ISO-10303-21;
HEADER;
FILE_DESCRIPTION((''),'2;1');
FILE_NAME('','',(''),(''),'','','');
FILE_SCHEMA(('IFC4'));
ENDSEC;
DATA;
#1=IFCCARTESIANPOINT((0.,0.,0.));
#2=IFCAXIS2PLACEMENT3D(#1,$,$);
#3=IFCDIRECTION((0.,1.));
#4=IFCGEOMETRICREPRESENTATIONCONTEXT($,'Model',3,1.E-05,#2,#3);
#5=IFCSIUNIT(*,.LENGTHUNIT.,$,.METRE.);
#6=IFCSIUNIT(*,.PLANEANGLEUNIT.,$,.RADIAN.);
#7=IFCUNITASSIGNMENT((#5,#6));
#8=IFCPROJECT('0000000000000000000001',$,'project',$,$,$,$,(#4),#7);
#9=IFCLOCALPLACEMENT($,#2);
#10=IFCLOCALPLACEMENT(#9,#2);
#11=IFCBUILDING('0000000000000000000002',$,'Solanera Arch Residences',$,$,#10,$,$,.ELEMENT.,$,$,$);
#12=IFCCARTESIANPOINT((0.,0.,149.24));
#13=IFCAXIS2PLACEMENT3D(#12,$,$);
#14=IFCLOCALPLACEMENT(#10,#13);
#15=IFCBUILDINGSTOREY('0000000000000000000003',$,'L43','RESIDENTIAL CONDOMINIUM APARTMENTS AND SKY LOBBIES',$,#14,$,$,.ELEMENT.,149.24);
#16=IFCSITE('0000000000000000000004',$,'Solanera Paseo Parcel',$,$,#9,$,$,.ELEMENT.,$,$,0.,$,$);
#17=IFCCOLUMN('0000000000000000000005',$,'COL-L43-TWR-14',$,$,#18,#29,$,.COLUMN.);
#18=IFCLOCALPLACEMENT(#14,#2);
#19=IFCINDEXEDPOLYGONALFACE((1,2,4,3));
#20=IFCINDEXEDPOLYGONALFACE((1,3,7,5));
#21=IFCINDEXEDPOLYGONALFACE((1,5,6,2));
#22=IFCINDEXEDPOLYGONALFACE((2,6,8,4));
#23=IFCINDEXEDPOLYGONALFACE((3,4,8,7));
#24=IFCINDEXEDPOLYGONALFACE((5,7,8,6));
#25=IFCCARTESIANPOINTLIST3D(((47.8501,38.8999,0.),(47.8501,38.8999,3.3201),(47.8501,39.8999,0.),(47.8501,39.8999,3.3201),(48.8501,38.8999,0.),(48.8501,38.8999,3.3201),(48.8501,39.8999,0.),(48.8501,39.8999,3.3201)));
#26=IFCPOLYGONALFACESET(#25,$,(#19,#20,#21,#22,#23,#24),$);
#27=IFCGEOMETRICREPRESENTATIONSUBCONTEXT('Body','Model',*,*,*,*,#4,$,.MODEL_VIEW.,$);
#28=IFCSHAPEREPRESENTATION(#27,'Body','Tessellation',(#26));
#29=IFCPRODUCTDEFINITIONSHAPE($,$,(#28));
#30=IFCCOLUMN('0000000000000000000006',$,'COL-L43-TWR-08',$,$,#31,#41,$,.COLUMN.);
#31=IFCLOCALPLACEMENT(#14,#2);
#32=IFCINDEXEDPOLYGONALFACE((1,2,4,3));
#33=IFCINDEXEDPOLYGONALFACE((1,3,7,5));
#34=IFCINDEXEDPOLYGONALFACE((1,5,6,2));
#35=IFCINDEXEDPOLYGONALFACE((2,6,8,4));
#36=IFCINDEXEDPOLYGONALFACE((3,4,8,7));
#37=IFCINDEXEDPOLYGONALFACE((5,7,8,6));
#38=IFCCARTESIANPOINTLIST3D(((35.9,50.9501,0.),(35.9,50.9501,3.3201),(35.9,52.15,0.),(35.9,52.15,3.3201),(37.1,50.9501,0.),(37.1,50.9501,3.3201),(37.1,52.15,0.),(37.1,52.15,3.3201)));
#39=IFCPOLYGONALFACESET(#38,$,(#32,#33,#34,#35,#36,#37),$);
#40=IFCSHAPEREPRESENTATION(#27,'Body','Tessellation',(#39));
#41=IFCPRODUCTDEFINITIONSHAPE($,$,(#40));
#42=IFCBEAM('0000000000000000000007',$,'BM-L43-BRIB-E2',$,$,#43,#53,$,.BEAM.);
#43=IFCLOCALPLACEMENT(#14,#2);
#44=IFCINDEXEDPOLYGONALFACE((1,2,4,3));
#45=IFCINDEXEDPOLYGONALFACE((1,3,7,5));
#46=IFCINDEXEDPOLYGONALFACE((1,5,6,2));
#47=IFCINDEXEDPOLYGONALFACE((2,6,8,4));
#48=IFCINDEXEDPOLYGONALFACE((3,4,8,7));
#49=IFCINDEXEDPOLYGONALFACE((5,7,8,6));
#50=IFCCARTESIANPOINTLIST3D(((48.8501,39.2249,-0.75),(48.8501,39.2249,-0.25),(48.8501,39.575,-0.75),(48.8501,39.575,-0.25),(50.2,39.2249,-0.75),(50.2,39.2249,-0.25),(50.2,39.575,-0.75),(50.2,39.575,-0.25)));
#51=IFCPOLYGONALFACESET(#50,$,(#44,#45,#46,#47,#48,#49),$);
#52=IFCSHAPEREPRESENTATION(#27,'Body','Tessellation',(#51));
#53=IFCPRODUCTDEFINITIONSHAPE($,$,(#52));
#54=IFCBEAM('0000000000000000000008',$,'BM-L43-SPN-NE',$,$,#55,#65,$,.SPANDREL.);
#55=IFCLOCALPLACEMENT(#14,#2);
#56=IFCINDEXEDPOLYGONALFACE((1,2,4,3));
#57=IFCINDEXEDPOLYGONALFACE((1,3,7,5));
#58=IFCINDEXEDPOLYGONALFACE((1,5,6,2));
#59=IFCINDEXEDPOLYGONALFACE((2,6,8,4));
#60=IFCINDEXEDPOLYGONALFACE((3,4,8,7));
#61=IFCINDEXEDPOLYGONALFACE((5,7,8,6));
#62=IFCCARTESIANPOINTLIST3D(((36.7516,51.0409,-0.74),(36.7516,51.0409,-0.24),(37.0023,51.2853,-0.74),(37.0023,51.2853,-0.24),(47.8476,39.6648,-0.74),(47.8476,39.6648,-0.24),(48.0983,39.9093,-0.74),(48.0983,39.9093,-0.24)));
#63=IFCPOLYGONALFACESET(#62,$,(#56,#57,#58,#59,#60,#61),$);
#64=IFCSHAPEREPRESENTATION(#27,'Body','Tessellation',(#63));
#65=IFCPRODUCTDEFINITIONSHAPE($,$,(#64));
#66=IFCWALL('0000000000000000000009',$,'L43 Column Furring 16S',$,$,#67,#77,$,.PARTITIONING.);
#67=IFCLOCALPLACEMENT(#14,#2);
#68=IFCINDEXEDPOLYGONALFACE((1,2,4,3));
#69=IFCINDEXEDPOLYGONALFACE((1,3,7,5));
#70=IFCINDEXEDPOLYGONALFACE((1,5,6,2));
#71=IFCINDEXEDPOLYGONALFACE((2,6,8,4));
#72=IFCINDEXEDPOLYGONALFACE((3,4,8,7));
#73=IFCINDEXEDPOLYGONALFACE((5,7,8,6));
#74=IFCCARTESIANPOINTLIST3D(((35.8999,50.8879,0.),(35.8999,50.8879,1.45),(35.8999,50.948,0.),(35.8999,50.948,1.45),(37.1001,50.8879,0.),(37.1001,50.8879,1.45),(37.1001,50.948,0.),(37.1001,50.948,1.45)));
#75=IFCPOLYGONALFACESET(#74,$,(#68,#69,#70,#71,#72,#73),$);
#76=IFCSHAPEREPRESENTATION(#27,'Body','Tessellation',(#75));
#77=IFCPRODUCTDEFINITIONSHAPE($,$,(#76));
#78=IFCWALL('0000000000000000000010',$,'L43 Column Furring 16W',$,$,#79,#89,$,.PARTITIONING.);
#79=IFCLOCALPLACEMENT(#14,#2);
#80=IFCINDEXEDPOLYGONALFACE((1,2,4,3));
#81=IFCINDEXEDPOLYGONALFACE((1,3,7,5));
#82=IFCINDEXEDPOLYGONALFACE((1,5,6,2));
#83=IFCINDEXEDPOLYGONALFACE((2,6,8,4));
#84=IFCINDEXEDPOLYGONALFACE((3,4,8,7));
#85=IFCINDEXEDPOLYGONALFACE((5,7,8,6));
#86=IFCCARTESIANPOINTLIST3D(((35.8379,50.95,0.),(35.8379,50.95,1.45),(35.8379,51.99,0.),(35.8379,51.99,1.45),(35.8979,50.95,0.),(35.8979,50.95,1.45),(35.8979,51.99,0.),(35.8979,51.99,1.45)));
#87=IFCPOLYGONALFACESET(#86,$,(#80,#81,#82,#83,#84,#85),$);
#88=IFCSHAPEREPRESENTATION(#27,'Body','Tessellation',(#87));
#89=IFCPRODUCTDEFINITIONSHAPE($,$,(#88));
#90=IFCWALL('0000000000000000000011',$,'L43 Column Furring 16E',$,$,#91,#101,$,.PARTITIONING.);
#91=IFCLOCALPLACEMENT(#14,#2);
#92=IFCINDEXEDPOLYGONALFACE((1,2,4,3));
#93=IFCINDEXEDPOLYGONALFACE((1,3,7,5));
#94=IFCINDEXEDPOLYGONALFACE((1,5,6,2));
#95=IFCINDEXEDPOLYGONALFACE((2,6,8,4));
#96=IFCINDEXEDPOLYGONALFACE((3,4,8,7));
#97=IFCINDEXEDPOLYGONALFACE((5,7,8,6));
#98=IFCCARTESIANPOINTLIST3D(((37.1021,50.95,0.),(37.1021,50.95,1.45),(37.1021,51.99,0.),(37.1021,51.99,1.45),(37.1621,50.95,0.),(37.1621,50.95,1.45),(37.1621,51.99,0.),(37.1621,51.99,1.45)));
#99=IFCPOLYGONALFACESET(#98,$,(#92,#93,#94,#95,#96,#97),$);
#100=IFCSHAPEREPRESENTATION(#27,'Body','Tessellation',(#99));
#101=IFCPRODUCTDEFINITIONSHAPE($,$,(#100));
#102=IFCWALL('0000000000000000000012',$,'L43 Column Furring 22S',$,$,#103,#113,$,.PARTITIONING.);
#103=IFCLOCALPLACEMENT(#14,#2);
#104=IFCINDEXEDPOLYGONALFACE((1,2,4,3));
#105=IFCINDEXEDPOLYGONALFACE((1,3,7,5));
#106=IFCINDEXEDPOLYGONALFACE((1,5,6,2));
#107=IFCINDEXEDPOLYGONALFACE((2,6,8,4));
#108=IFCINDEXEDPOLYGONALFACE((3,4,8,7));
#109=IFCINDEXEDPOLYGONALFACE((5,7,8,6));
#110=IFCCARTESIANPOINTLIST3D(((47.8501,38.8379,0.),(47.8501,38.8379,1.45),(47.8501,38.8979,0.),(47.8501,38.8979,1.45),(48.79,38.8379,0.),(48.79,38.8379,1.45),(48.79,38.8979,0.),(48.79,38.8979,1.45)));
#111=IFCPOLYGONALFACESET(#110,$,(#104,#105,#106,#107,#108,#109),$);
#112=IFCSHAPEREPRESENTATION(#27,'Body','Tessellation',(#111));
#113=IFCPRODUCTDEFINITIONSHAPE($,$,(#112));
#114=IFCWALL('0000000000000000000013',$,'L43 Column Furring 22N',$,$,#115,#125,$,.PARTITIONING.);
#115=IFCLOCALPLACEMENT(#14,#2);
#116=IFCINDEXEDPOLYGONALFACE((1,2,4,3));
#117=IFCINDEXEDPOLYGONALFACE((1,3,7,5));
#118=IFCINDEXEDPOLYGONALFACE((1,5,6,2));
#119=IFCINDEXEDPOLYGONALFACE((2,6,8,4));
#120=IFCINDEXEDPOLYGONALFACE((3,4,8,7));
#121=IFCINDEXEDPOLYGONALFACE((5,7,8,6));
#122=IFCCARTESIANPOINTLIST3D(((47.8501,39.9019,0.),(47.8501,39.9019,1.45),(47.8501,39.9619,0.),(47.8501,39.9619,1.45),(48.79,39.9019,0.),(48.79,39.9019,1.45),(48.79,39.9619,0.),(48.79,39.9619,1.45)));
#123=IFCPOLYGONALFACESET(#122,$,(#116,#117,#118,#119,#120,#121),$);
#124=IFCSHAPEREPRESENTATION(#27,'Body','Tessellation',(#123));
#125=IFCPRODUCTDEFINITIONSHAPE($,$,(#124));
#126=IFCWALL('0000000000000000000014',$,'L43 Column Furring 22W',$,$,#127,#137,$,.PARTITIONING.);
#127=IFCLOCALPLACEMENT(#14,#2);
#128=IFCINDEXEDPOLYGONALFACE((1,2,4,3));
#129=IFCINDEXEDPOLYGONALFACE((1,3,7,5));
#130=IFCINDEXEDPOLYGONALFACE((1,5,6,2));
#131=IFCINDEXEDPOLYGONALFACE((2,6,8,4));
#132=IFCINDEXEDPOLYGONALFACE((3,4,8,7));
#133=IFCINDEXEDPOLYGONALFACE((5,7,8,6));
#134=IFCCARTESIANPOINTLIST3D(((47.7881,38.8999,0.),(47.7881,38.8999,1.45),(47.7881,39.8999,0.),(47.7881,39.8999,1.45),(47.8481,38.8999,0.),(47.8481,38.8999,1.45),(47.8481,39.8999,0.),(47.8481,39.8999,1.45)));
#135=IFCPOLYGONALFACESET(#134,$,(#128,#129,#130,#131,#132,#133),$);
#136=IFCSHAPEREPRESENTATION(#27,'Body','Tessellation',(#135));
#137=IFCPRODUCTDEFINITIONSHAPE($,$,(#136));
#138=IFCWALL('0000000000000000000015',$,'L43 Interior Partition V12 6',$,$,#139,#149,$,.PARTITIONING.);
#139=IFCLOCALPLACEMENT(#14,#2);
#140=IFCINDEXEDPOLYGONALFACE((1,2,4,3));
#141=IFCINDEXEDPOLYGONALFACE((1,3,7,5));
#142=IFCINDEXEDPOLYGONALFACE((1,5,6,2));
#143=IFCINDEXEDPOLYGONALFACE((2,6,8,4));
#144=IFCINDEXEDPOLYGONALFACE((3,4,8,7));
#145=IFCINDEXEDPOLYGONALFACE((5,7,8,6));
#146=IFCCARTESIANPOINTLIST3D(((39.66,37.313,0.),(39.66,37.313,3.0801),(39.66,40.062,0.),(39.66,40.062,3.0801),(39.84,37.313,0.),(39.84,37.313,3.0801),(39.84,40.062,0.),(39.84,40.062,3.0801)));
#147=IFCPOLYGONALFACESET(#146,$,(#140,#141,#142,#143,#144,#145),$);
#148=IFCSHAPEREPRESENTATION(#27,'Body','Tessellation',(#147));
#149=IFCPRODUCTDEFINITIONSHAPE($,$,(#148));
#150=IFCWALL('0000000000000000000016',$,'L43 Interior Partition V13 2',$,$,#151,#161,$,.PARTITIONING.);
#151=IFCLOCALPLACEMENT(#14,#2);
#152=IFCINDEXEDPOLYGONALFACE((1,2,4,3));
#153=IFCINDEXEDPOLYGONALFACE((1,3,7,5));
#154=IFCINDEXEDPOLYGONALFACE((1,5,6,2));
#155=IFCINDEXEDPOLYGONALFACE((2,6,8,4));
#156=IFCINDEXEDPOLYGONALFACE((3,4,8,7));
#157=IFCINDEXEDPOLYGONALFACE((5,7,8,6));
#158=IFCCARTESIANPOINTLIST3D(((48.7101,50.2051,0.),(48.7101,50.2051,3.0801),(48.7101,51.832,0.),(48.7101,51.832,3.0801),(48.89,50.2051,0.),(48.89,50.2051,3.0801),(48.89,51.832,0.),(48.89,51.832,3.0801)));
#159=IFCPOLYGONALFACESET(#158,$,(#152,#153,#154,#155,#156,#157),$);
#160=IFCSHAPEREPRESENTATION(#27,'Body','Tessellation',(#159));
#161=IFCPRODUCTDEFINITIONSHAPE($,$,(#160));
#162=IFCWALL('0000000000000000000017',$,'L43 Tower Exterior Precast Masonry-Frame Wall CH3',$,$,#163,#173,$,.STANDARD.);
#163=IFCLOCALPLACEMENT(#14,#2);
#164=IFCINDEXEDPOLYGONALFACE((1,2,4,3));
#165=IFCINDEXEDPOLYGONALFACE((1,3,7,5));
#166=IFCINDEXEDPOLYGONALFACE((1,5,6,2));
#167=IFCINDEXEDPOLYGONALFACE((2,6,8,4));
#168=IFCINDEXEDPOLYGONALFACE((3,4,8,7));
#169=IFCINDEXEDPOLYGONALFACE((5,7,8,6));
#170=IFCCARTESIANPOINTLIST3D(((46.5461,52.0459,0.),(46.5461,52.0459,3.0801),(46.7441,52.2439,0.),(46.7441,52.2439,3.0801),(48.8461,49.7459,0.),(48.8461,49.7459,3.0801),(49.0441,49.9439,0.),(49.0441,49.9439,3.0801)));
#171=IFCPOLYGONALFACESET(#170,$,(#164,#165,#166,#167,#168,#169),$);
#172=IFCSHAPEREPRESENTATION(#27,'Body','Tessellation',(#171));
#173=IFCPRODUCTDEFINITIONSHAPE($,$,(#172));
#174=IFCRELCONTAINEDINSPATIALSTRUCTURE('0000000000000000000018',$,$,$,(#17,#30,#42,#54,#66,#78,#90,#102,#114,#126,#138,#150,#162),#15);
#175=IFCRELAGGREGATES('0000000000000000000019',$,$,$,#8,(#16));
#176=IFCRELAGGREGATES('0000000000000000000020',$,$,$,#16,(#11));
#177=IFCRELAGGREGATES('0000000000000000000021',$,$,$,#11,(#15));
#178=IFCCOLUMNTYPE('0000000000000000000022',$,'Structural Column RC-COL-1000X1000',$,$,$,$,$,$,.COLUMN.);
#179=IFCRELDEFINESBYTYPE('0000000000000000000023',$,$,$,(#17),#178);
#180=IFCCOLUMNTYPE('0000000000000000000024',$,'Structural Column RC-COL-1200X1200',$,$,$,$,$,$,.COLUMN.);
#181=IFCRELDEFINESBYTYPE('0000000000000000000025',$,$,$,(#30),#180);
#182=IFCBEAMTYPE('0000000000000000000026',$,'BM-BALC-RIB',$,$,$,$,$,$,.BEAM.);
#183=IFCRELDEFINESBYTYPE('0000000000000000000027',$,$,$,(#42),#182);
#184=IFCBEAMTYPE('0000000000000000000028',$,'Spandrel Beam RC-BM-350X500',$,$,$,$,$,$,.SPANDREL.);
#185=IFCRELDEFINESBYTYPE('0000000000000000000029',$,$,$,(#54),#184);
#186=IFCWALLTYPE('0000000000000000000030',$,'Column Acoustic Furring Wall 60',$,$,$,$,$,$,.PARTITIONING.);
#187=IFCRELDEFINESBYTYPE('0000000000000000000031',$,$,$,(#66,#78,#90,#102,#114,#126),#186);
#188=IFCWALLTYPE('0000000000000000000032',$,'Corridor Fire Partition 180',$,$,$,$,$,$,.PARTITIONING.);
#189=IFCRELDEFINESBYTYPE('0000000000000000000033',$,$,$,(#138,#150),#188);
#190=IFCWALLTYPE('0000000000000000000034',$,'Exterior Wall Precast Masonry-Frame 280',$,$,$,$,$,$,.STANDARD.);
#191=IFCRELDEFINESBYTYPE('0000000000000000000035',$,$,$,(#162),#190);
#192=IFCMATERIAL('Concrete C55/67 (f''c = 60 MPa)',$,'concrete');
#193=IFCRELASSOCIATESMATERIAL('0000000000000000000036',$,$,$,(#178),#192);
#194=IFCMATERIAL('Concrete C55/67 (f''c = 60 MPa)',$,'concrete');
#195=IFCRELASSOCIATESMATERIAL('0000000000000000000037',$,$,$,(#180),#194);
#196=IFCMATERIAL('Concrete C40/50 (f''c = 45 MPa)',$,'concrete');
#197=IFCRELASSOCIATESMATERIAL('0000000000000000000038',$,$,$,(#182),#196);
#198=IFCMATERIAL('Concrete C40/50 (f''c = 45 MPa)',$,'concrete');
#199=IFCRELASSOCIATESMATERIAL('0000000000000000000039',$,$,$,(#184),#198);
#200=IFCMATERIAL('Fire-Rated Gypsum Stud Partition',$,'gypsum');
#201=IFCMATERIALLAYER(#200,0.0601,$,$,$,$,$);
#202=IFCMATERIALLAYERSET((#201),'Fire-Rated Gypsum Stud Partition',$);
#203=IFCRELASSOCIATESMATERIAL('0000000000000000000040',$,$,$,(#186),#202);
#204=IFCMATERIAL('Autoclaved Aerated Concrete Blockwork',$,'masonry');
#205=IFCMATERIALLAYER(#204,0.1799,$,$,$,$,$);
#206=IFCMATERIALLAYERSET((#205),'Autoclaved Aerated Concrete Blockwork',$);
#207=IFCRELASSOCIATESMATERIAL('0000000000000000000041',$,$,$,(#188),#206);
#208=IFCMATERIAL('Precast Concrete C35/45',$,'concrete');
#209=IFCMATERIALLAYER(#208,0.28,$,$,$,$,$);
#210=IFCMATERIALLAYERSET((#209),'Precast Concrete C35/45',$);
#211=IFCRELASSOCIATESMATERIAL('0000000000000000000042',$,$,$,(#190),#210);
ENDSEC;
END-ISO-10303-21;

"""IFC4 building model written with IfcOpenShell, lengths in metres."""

from ifc_helpers import new_model, si_unit, direction, frame, frame_2d, origin, origin_2d, place, context, subcontext, project, spatial, rectangle, extrude, material, layer, layer_set, material_profile, profile_set, type_object, element, save


model = new_model("IFC4")

# Units and contexts
model_context = context("Model", 3, precision=1e-05, world=origin(), true_north=direction((0.0, 1.0)))
body_context = subcontext(model_context, "Body", "Model", "MODEL_VIEW")
ifc_project = project(units=[si_unit("LENGTHUNIT", "METRE"), si_unit("PLANEANGLEUNIT", "RADIAN")], contexts=[model_context])

# Site, building, storey
site_placement = place(None, origin())
site = spatial("IfcSite", under=ifc_project, at=site_placement, Name="Solanera Paseo Parcel", CompositionType="ELEMENT", RefElevation=0.0)
building_placement = place(site_placement, origin())
building = spatial("IfcBuilding", under=site, at=building_placement, Name="Solanera Arch Residences", CompositionType="ELEMENT")
storey_placement = place(building_placement, frame((0.0, 0.0, 149.24)))
storey = spatial("IfcBuildingStorey", under=building, at=storey_placement, Name="L43", Description="RESIDENTIAL CONDOMINIUM APARTMENTS AND SKY LOBBIES", CompositionType="ELEMENT", Elevation=149.24)

# Columns
ifc_material_1 = material(Name="Concrete C55/67 (f'c = 60 MPa)", Category="concrete")
ifc_material_profile_1 = material_profile(ifc_material_1, rectangle(XDim=1.0, YDim=1.0, at=origin_2d()))
ifc_profile_set_1 = profile_set([ifc_material_profile_1], Name="Concrete C55/67 (f'c = 60 MPa)")
column_type_1 = type_object("IfcColumnType", Name="Structural Column RC-COL-1000X1000", PredefinedType="COLUMN", material=ifc_profile_set_1)
column_1_placement = place(storey_placement, frame((48.3501, 39.3999, 0.0), z_axis=(0.0, 0.0, 1.0), x_axis=(1.0, 0.0, 0.0)))
element("IfcColumn", 1, at=column_1_placement, inside=storey, type_object=column_type_1, Name="COL-L43-TWR-14", PredefinedType="COLUMN", context=body_context, shape_type="SweptSolid", body=[
    extrude(rectangle(XDim=1.0, YDim=1.0, at=origin_2d()), origin(), (0.0, 0.0, 1.0), 3.3201),
])
ifc_material_2 = material(Name="Concrete C55/67 (f'c = 60 MPa)", Category="concrete")
ifc_material_profile_2 = material_profile(ifc_material_2, rectangle(XDim=1.2, YDim=1.2, at=origin_2d()))
ifc_profile_set_2 = profile_set([ifc_material_profile_2], Name="Concrete C55/67 (f'c = 60 MPa)")
column_type_2 = type_object("IfcColumnType", Name="Structural Column RC-COL-1200X1200", PredefinedType="COLUMN", material=ifc_profile_set_2)
column_2_placement = place(storey_placement, frame((36.5, 51.55, 0.0), z_axis=(0.0, 0.0, 1.0), x_axis=(1.0, 0.0, 0.0)))
element("IfcColumn", 2, at=column_2_placement, inside=storey, type_object=column_type_2, Name="COL-L43-TWR-08", PredefinedType="COLUMN", context=body_context, shape_type="SweptSolid", body=[
    extrude(rectangle(XDim=1.2, YDim=1.2, at=origin_2d()), origin(), (0.0, 0.0, 1.0), 3.3201),
])

# Beams
ifc_material_3 = material(Name="Concrete C40/50 (f'c = 45 MPa)", Category="concrete")
ifc_material_profile_3 = material_profile(ifc_material_3, rectangle(XDim=0.3501, YDim=0.5, at=origin_2d()))
ifc_profile_set_3 = profile_set([ifc_material_profile_3], Name="Concrete C40/50 (f'c = 45 MPa)")
beam_type_1 = type_object("IfcBeamType", Name="BM-BALC-RIB", PredefinedType="BEAM", material=ifc_profile_set_3)
beam_1_placement = place(storey_placement, frame((48.8501, 39.3999, -0.5), z_axis=(1.0, 0.0, 0.0), x_axis=(0.0, 1.0, 0.0)))
element("IfcBeam", 3, at=beam_1_placement, inside=storey, type_object=beam_type_1, Name="BM-L43-BRIB-E2", PredefinedType="BEAM", context=body_context, shape_type="SweptSolid", body=[
    extrude(rectangle(XDim=0.3501, YDim=0.5, at=origin_2d()), origin(), (0.0, 0.0, 1.0), 1.3499),
])
ifc_material_4 = material(Name="Concrete C40/50 (f'c = 45 MPa)", Category="concrete")
ifc_material_profile_4 = material_profile(ifc_material_4, rectangle(XDim=0.3501, YDim=0.5, at=origin_2d()))
ifc_profile_set_4 = profile_set([ifc_material_profile_4], Name="Concrete C40/50 (f'c = 45 MPa)")
beam_type_2 = type_object("IfcBeamType", Name="Spandrel Beam RC-BM-350X500", PredefinedType="SPANDREL", material=ifc_profile_set_4)
beam_2_placement = place(storey_placement, frame((36.877, 51.1631, -0.49), z_axis=(0.698241, -0.715863, 0.0), x_axis=(0.715863, 0.698241, 0.0)))
element("IfcBeam", 4, at=beam_2_placement, inside=storey, type_object=beam_type_2, Name="BM-L43-SPN-NE", PredefinedType="SPANDREL", context=body_context, shape_type="SweptSolid", body=[
    extrude(rectangle(XDim=0.3501, YDim=0.5, at=origin_2d()), origin(), (0.0, 0.0, 1.0), 15.8914),
])

# Walls
ifc_material_5 = material(Name="Fire-Rated Gypsum Stud Partition", Category="gypsum")
ifc_layer_1 = layer(ifc_material_5, 0.0601)
ifc_layer_set_1 = layer_set([ifc_layer_1], Name="Fire-Rated Gypsum Stud Partition")
wall_type_1 = type_object("IfcWallType", Name="Column Acoustic Furring Wall 60", PredefinedType="PARTITIONING", material=ifc_layer_set_1)
wall_1_placement = place(storey_placement, frame((35.8999, 50.918, 0.0), z_axis=(0.0, 0.0, 1.0), x_axis=(1.0, 0.0, 0.0)))
element("IfcWall", 5, at=wall_1_placement, inside=storey, type_object=wall_type_1, Name="L43 Column Furring 16S", PredefinedType="PARTITIONING", context=body_context, shape_type="SweptSolid", body=[
    extrude(rectangle(XDim=1.2002, YDim=0.0601, at=frame_2d((0.6001, 0.0))), origin(), (0.0, 0.0, 1.0), 1.45),
])
for number, where, z_axis, x_axis, name in (
    (6, (35.8679, 50.95, 0.0), (0.0, 0.0, 1.0), (0.0, 1.0, 0.0), "L43 Column Furring 16W"),
    (7, (37.1321, 50.95, 0.0), (0.0, 0.0, 1.0), (0.0, 1.0, 0.0), "L43 Column Furring 16E"),
):
    element("IfcWall", number, at=place(storey_placement, frame(where, z_axis=z_axis, x_axis=x_axis)), inside=storey, type_object=wall_type_1, Name=name, PredefinedType="PARTITIONING", context=body_context, shape_type="SweptSolid", body=[
        extrude(rectangle(XDim=1.04, YDim=0.0601, at=frame_2d((0.52, 0.0))), origin(), (0.0, 0.0, 1.0), 1.45),
    ])
for number, where, z_axis, x_axis, name in (
    (8, (47.8501, 38.8679, 0.0), (0.0, 0.0, 1.0), (1.0, 0.0, 0.0), "L43 Column Furring 22S"),
    (9, (47.8501, 39.9319, 0.0), (0.0, 0.0, 1.0), (1.0, 0.0, 0.0), "L43 Column Furring 22N"),
):
    element("IfcWall", number, at=place(storey_placement, frame(where, z_axis=z_axis, x_axis=x_axis)), inside=storey, type_object=wall_type_1, Name=name, PredefinedType="PARTITIONING", context=body_context, shape_type="SweptSolid", body=[
        extrude(rectangle(XDim=0.9399, YDim=0.0601, at=frame_2d((0.47, 0.0))), origin(), (0.0, 0.0, 1.0), 1.45),
    ])
wall_2_placement = place(storey_placement, frame((47.8181, 38.8999, 0.0), z_axis=(0.0, 0.0, 1.0), x_axis=(0.0, 1.0, 0.0)))
element("IfcWall", 10, at=wall_2_placement, inside=storey, type_object=wall_type_1, Name="L43 Column Furring 22W", PredefinedType="PARTITIONING", context=body_context, shape_type="SweptSolid", body=[
    extrude(rectangle(XDim=1.0, YDim=0.0601, at=frame_2d((0.5, 0.0))), origin(), (0.0, 0.0, 1.0), 1.45),
])
ifc_material_6 = material(Name="Autoclaved Aerated Concrete Blockwork", Category="masonry")
ifc_layer_2 = layer(ifc_material_6, 0.1799)
ifc_layer_set_2 = layer_set([ifc_layer_2], Name="Autoclaved Aerated Concrete Blockwork")
wall_type_2 = type_object("IfcWallType", Name="Corridor Fire Partition 180", PredefinedType="PARTITIONING", material=ifc_layer_set_2)
wall_3_placement = place(storey_placement, frame((39.75, 37.313, 0.0), z_axis=(0.0, 0.0, 1.0), x_axis=(0.0, 1.0, 0.0)))
element("IfcWall", 11, at=wall_3_placement, inside=storey, type_object=wall_type_2, Name="L43 Interior Partition V12 6", PredefinedType="PARTITIONING", context=body_context, shape_type="SweptSolid", body=[
    extrude(rectangle(XDim=2.749, YDim=0.1799, at=frame_2d((1.3745, 0.0))), origin(), (0.0, 0.0, 1.0), 3.0801),
])
wall_4_placement = place(storey_placement, frame((48.8, 50.2051, 0.0), z_axis=(0.0, 0.0, 1.0), x_axis=(0.0, 1.0, 0.0)))
element("IfcWall", 12, at=wall_4_placement, inside=storey, type_object=wall_type_2, Name="L43 Interior Partition V13 2", PredefinedType="PARTITIONING", context=body_context, shape_type="SweptSolid", body=[
    extrude(rectangle(XDim=1.627, YDim=0.1799, at=frame_2d((0.8135, 0.0))), origin(), (0.0, 0.0, 1.0), 3.0801),
])
ifc_material_7 = material(Name="Precast Concrete C35/45", Category="concrete")
ifc_layer_3 = layer(ifc_material_7, 0.28)
ifc_layer_set_3 = layer_set([ifc_layer_3], Name="Precast Concrete C35/45")
wall_type_3 = type_object("IfcWallType", Name="Exterior Wall Precast Masonry-Frame 280", PredefinedType="STANDARD", material=ifc_layer_set_3)
wall_5_placement = place(storey_placement, frame((46.645, 52.145, 0.0), z_axis=(0.0, 0.0, 1.0), x_axis=(0.707107, -0.707107, 0.0)))
element("IfcWall", 13, at=wall_5_placement, inside=storey, type_object=wall_type_3, Name="L43 Tower Exterior Precast Masonry-Frame Wall CH3", PredefinedType="STANDARD", context=body_context, shape_type="SweptSolid", body=[
    extrude(rectangle(XDim=3.2527, YDim=0.28, at=frame_2d((1.6265, 0.0))), origin(), (0.0, 0.0, 1.0), 3.0801),
])

save(model, "model.ifc")
